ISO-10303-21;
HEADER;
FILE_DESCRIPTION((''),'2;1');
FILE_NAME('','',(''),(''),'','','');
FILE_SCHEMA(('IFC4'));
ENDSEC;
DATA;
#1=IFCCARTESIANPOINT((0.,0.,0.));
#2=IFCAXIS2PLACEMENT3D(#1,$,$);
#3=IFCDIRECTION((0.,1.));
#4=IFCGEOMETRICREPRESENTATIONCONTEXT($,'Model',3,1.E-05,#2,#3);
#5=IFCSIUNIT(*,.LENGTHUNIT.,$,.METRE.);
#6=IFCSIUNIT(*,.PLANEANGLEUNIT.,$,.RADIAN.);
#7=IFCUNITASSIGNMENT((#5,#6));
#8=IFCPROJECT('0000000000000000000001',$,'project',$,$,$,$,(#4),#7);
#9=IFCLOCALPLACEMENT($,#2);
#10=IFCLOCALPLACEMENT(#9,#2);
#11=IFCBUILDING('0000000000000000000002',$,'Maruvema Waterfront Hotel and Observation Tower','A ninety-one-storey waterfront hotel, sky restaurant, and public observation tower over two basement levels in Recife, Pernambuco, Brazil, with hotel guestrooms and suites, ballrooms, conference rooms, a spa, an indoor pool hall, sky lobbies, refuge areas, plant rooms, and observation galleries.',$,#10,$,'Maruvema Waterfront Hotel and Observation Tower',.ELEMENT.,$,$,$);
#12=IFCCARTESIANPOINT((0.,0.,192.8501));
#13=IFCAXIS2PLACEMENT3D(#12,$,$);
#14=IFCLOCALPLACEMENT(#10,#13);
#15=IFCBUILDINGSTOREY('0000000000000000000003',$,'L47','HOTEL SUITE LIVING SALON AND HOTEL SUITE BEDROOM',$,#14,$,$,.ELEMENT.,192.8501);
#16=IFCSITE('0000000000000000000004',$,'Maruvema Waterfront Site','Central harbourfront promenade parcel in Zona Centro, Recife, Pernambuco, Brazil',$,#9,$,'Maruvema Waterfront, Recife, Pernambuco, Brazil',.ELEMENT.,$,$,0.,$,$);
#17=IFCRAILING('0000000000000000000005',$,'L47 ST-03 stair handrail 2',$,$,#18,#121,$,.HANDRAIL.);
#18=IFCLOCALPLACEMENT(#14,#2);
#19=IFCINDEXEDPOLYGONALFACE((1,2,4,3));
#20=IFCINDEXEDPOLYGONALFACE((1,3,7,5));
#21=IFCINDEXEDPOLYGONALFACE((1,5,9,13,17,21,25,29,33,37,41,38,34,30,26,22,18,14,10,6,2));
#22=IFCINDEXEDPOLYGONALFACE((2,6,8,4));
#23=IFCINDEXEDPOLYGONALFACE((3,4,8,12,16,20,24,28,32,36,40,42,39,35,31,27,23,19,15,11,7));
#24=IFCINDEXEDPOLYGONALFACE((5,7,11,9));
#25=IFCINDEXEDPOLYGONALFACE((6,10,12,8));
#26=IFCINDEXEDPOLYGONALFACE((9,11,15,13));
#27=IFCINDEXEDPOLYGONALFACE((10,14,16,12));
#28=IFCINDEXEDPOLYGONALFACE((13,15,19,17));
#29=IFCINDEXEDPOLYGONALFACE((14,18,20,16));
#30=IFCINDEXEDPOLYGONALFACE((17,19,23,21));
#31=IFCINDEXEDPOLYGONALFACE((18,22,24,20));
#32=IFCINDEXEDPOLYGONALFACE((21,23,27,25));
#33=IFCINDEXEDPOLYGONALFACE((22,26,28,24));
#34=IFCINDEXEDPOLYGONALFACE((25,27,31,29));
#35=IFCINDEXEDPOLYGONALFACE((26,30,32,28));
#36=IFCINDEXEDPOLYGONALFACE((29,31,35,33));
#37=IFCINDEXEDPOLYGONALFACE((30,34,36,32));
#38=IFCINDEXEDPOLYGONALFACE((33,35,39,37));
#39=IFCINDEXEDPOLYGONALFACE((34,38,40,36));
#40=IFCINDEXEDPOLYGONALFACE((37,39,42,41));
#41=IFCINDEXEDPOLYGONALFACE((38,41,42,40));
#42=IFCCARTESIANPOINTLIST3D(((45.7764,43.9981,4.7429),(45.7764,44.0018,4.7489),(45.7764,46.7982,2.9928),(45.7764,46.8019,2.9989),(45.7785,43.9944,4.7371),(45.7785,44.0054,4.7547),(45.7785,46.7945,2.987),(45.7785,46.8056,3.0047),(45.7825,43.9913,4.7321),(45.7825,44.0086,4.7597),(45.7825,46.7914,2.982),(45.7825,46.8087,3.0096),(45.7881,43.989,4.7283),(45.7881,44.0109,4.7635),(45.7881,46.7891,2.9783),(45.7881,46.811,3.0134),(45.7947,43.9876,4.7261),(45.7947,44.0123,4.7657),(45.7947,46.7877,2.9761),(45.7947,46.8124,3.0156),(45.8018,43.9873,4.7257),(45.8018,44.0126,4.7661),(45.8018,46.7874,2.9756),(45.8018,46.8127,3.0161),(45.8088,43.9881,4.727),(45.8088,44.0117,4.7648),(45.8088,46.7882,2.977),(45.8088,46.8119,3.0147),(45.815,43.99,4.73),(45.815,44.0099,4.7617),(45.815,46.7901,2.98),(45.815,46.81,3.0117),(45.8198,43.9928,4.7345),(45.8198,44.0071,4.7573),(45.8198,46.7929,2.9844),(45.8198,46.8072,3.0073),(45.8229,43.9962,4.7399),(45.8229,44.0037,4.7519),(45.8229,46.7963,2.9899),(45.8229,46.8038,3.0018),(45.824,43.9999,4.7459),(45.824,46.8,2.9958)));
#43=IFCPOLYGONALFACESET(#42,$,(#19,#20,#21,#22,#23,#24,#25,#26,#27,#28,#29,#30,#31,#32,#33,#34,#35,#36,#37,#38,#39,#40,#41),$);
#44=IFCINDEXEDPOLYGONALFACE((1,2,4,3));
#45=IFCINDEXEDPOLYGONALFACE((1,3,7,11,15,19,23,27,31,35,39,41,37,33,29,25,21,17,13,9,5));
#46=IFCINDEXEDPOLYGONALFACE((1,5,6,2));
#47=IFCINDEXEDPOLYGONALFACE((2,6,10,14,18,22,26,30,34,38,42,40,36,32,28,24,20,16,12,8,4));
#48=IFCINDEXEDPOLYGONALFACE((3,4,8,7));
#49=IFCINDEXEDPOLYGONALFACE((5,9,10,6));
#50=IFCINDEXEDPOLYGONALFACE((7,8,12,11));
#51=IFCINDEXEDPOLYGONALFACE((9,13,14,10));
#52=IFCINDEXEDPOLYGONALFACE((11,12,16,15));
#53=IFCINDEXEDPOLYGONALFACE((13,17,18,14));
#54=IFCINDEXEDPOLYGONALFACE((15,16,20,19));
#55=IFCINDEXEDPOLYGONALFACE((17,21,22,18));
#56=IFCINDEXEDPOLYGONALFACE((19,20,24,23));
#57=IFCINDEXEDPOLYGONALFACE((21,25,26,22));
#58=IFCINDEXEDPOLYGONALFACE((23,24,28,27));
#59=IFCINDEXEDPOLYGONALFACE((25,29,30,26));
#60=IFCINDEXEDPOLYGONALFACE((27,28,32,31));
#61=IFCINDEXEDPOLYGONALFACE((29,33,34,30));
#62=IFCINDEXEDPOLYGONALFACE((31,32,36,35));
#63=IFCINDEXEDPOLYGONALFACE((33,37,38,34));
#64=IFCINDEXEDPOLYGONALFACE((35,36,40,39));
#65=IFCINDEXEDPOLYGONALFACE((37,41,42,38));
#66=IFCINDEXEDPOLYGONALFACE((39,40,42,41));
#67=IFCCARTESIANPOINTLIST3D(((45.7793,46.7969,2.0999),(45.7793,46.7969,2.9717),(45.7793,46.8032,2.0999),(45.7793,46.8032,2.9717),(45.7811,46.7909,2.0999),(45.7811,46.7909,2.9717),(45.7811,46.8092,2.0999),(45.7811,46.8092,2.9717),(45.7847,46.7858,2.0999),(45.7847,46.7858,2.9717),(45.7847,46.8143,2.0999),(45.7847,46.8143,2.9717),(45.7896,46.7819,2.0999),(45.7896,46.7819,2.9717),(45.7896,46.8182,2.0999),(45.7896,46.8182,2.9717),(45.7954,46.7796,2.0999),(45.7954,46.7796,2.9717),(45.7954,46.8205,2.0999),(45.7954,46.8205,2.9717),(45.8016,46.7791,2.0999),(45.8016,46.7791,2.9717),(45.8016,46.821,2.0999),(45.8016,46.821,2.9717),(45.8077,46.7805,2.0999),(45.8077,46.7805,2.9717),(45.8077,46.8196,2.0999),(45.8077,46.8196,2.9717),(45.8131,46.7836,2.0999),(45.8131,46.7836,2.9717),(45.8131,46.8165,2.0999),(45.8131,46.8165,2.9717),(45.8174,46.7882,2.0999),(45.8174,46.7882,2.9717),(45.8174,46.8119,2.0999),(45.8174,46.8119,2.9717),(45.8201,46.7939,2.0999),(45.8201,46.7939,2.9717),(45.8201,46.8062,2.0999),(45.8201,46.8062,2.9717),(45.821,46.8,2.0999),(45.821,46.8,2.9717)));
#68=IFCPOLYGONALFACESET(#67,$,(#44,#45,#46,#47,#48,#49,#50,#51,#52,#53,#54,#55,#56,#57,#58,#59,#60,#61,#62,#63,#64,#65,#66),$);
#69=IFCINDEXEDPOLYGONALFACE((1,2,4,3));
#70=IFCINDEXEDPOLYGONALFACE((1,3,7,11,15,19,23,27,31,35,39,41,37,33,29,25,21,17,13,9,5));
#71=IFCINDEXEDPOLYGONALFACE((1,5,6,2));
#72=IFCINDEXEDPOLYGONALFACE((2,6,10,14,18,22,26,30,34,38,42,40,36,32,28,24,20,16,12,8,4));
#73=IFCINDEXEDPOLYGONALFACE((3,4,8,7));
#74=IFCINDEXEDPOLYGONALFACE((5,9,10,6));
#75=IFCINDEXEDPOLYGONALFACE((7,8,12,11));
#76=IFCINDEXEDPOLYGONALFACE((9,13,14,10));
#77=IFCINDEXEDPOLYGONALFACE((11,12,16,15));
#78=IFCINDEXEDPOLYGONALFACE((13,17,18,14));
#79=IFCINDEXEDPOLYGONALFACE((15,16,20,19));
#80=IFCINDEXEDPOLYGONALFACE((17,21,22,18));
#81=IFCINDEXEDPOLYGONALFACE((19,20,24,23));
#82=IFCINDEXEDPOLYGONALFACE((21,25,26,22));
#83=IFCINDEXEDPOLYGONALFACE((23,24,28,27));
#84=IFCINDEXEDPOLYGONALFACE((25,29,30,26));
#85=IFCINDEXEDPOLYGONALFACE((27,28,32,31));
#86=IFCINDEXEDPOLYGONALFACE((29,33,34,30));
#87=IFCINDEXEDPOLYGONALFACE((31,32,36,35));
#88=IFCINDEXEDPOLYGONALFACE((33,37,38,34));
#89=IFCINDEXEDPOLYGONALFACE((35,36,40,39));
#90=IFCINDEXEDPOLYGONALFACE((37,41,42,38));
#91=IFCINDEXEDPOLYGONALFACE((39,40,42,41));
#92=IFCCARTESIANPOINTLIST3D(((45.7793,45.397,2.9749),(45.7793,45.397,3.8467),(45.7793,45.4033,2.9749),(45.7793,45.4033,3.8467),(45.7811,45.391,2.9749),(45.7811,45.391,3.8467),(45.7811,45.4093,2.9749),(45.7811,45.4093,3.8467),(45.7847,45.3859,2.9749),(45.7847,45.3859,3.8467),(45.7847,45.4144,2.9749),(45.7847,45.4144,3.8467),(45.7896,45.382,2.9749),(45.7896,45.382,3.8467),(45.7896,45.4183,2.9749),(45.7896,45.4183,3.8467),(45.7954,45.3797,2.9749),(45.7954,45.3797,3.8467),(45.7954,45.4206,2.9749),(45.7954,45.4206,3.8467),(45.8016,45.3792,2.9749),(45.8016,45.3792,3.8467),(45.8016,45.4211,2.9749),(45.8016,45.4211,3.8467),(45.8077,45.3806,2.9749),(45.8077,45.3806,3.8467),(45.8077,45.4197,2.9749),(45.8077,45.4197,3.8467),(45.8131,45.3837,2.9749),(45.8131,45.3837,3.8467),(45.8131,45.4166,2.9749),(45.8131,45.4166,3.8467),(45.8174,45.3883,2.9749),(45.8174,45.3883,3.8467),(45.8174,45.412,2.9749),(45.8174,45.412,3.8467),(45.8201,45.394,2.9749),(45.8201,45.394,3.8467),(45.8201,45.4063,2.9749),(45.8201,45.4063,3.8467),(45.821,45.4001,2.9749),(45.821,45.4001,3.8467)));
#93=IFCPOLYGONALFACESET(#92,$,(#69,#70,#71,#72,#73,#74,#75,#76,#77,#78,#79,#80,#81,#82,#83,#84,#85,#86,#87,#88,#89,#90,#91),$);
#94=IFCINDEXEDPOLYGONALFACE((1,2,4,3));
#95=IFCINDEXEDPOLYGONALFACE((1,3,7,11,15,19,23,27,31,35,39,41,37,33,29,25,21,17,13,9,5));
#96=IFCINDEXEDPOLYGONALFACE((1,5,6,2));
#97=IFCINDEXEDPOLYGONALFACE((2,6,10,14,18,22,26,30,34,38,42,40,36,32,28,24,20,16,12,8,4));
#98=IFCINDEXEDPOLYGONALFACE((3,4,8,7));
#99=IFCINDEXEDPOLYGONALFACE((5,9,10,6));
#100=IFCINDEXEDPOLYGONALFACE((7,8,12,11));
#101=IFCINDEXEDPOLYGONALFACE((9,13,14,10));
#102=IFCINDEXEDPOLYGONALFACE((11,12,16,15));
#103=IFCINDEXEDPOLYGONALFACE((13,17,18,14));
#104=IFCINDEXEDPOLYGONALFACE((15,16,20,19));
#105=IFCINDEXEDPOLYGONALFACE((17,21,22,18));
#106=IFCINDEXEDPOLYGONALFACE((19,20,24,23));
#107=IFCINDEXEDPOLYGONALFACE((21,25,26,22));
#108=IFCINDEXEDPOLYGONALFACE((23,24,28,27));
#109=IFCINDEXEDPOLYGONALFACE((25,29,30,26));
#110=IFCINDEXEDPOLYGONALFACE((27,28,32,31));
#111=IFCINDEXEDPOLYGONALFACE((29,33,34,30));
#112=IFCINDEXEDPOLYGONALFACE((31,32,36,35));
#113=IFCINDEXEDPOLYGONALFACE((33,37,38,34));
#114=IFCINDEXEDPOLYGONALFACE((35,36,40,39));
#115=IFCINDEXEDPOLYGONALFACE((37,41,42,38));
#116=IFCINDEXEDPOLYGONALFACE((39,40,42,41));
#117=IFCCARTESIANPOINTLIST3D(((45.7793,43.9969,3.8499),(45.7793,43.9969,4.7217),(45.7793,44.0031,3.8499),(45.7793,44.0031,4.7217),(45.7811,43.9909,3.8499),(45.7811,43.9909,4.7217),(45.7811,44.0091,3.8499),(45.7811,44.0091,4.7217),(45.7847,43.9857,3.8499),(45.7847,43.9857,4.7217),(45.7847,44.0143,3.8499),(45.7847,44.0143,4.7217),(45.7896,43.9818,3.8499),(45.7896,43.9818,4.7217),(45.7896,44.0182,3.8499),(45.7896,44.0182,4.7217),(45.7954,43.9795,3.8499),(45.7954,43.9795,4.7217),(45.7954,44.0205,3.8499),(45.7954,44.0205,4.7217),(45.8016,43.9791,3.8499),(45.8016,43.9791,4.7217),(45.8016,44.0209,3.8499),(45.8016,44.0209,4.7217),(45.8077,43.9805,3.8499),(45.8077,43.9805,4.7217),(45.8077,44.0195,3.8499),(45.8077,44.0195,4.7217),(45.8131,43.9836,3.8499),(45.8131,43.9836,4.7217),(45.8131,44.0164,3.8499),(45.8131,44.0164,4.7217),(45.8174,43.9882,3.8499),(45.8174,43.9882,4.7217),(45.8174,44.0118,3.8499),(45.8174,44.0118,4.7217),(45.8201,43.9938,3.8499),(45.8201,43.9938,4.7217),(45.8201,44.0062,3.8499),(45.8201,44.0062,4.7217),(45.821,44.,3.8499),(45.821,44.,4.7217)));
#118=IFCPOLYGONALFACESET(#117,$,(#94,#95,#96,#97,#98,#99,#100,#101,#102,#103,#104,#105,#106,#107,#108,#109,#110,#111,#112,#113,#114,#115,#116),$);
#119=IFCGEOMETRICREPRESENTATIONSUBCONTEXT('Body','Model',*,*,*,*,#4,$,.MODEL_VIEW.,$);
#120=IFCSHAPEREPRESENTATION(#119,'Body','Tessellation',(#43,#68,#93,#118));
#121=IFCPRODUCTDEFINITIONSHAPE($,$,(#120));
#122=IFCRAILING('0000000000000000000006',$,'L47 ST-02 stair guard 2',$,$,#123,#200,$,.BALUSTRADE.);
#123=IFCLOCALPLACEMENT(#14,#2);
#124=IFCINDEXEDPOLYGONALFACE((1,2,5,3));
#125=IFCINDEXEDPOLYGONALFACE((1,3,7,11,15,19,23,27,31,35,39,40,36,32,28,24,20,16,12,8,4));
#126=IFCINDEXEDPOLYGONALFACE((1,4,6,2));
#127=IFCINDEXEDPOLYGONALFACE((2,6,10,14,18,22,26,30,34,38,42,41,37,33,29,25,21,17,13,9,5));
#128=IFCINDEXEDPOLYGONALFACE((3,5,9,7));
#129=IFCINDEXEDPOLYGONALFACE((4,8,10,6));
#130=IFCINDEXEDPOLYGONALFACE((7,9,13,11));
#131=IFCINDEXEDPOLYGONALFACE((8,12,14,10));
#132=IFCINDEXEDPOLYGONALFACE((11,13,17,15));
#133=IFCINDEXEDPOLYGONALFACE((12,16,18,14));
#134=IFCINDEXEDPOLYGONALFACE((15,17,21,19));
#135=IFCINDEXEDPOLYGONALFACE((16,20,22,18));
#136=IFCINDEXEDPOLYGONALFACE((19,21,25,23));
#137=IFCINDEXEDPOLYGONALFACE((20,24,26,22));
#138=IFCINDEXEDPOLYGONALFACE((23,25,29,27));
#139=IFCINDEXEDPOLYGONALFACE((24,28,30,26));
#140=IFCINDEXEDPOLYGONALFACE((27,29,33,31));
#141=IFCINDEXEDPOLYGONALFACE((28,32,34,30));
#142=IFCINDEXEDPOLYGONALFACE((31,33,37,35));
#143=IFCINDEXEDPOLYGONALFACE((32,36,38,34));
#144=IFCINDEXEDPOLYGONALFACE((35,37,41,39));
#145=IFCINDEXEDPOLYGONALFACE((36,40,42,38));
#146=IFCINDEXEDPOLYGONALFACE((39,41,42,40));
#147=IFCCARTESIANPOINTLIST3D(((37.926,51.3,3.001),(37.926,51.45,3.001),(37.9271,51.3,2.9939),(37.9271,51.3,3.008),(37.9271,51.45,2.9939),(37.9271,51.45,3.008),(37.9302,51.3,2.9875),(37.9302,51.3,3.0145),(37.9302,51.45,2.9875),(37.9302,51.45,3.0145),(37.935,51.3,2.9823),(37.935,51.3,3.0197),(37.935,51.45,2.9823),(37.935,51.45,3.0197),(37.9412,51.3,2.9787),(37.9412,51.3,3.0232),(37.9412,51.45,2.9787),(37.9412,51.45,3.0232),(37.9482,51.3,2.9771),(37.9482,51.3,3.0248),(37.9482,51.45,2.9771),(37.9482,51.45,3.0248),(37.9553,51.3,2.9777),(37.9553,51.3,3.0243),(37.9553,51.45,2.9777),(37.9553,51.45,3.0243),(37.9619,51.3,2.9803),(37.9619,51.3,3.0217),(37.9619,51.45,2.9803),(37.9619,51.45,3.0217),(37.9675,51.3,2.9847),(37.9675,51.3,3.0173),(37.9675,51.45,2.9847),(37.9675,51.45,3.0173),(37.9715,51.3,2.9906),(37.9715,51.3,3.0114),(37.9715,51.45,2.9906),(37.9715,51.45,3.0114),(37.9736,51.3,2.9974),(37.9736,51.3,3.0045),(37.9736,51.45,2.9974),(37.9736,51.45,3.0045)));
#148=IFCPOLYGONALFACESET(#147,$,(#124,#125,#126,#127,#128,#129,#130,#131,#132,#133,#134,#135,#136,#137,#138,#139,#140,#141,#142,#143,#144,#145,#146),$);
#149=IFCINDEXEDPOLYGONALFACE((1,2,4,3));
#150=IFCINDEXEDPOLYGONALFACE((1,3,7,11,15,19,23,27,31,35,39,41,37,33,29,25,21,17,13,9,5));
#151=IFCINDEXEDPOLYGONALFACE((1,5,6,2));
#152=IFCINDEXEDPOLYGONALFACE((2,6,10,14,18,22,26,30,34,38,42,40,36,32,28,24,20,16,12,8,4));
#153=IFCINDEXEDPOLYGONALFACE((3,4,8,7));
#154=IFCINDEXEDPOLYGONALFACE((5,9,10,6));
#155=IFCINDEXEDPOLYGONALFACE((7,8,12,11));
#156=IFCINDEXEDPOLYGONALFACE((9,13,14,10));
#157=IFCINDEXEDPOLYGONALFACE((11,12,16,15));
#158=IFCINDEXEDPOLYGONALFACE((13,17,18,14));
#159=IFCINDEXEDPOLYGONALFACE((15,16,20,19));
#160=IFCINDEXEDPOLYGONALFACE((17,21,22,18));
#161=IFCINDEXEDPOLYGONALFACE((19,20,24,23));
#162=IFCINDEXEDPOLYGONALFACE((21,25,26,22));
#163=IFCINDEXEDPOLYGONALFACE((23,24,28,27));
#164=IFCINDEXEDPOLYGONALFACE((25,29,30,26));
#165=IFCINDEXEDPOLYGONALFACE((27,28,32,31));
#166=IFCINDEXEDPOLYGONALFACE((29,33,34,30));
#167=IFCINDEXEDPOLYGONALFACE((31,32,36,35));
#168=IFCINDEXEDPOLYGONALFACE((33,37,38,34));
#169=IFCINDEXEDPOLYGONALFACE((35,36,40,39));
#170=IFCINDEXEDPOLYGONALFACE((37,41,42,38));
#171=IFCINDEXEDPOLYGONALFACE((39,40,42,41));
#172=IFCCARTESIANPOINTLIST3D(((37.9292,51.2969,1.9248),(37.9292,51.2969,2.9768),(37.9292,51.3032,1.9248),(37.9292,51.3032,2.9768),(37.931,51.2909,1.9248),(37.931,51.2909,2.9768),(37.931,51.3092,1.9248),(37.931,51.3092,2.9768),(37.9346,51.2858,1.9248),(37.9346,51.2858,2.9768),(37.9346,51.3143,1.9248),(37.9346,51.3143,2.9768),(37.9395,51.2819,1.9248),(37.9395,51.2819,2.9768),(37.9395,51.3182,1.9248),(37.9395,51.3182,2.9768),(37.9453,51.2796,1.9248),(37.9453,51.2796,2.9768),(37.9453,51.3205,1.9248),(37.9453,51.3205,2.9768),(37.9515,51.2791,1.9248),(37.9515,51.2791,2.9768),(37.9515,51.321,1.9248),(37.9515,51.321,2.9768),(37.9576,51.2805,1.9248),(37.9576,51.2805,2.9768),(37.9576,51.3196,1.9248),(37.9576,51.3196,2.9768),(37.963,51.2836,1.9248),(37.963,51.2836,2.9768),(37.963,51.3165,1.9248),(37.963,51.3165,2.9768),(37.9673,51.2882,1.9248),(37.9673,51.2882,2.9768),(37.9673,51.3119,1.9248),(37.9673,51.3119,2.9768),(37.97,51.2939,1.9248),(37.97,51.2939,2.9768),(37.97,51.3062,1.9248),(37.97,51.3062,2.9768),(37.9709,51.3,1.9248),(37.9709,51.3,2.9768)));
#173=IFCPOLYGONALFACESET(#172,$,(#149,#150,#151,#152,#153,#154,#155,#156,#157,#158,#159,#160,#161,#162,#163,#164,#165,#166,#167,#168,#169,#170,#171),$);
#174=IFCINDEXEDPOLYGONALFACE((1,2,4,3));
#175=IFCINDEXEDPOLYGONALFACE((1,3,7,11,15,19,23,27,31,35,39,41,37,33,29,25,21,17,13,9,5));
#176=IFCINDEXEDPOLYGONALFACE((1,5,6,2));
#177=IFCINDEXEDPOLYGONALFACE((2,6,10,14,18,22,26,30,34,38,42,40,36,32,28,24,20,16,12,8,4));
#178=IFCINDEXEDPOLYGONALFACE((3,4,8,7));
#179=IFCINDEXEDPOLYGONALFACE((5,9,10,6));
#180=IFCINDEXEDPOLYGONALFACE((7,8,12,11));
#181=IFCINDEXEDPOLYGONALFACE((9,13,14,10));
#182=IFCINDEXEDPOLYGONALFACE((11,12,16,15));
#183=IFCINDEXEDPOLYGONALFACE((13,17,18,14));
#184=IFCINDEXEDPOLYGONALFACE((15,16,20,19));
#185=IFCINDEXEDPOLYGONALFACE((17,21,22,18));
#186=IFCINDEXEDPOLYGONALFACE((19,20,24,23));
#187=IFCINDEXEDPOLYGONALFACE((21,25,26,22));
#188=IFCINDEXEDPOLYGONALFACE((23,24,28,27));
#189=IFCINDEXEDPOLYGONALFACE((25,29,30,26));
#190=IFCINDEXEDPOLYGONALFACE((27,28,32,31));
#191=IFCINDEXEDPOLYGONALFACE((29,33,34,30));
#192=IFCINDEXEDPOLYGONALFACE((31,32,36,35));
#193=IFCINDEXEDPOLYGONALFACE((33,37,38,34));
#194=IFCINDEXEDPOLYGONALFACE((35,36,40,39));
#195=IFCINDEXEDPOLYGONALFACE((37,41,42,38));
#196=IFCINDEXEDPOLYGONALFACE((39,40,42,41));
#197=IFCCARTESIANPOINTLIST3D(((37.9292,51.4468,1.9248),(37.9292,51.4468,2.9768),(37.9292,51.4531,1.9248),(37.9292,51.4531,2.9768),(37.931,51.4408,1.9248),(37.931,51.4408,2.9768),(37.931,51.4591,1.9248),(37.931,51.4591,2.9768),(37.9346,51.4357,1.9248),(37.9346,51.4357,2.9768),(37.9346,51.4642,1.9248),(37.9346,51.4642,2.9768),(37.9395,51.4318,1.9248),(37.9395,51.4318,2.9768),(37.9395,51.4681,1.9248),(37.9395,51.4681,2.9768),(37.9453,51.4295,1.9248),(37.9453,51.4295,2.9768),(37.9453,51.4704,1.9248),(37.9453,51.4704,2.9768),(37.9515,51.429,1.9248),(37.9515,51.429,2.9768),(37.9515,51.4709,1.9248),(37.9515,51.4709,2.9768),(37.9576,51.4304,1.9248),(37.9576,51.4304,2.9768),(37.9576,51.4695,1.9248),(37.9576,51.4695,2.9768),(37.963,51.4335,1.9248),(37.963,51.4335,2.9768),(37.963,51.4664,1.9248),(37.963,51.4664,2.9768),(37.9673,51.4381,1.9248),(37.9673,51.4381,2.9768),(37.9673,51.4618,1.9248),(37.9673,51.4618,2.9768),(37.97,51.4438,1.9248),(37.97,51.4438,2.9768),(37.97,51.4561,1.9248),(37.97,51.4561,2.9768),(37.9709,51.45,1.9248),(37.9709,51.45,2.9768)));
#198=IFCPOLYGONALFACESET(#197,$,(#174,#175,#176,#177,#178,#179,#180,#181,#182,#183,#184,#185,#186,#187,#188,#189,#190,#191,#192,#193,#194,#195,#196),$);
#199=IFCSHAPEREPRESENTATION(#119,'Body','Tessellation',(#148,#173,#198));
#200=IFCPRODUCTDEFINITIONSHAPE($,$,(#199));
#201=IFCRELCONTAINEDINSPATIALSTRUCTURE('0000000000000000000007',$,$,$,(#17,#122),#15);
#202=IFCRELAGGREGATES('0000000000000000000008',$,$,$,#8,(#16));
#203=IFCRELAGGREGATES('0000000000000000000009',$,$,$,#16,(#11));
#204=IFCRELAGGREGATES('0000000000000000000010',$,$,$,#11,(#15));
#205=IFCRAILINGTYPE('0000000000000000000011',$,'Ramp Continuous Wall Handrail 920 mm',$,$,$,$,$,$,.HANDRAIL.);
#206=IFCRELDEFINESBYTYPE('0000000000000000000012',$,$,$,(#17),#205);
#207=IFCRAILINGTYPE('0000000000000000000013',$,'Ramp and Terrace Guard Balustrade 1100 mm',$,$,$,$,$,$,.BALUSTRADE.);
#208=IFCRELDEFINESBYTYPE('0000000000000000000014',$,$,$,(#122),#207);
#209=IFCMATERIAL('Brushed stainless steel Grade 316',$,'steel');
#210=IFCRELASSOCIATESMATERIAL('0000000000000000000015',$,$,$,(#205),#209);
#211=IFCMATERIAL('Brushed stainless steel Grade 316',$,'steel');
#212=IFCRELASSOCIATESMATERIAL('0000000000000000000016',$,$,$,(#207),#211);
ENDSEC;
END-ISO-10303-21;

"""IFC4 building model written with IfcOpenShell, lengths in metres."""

from ifc_helpers import new_model, si_unit, direction, frame, origin, origin_2d, place, context, subcontext, project, spatial, circle, extrude, material, type_object, element, save


model = new_model("IFC4")

# Units and contexts
model_context = context("Model", 3, precision=1e-05, world=origin(), true_north=direction((0.0, 1.0)))
body_context = subcontext(model_context, "Body", "Model", "MODEL_VIEW")
ifc_project = project(units=[si_unit("LENGTHUNIT", "METRE"), si_unit("PLANEANGLEUNIT", "RADIAN")], contexts=[model_context])

# Site, building, storey
site_placement = place(None, origin())
site = spatial("IfcSite", under=ifc_project, at=site_placement, Name="Maruvema Waterfront Site", Description="Central harbourfront promenade parcel in Zona Centro, Recife, Pernambuco, Brazil", LongName="Maruvema Waterfront, Recife, Pernambuco, Brazil", CompositionType="ELEMENT", RefElevation=0.0)
building_placement = place(site_placement, origin())
building = spatial("IfcBuilding", under=site, at=building_placement, Name="Maruvema Waterfront Hotel and Observation Tower", Description="A ninety-one-storey waterfront hotel, sky restaurant, and public observation tower over two basement levels in Recife, Pernambuco, Brazil, with hotel guestrooms and suites, ballrooms, conference rooms, a spa, an indoor pool hall, sky lobbies, refuge areas, plant rooms, and observation galleries.", LongName="Maruvema Waterfront Hotel and Observation Tower", CompositionType="ELEMENT")
storey_placement = place(building_placement, frame((0.0, 0.0, 192.8501)))
storey = spatial("IfcBuildingStorey", under=building, at=storey_placement, Name="L47", Description="HOTEL SUITE LIVING SALON AND HOTEL SUITE BEDROOM", CompositionType="ELEMENT", Elevation=192.8501)

# Railings
ifc_material_1 = material(Name="Brushed stainless steel Grade 316", Category="steel")
railing_type_1 = type_object("IfcRailingType", Name="Ramp Continuous Wall Handrail 920 mm", PredefinedType="HANDRAIL", material=ifc_material_1)
railing_1_placement = place(storey_placement, frame((45.8, 46.8, 2.0999)))
element("IfcRailing", 1, at=railing_1_placement, inside=storey, type_object=railing_type_1, Name="L47 ST-03 stair handrail 2", PredefinedType="HANDRAIL", context=body_context, shape_type="SweptSolid", body=[
    extrude(circle(Radius=0.0239, at=origin_2d()), frame((0.0, 0.0, 0.896), z_axis=(0.0, -0.848002, 0.529992), x_axis=(1.0, 0.0, 0.0)), (0.0, 0.0, 1.0), 3.302),
    extrude(circle(Radius=0.021, at=origin_2d()), origin(), (0.0, 0.0, 1.0), 0.8718),
    extrude(circle(Radius=0.021, at=origin_2d()), frame((0.0, -1.3999, 0.875)), (0.0, 0.0, 1.0), 0.8718),
    extrude(circle(Radius=0.021, at=origin_2d()), frame((0.0, -2.8, 1.75)), (0.0, 0.0, 1.0), 0.8718),
])
ifc_material_2 = material(Name="Brushed stainless steel Grade 316", Category="steel")
railing_type_2 = type_object("IfcRailingType", Name="Ramp and Terrace Guard Balustrade 1100 mm", PredefinedType="BALUSTRADE", material=ifc_material_2)
railing_2_placement = place(storey_placement, frame((37.95, 51.3, 1.9248)))
element("IfcRailing", 2, at=railing_2_placement, inside=storey, type_object=railing_type_2, Name="L47 ST-02 stair guard 2", PredefinedType="BALUSTRADE", context=body_context, shape_type="SweptSolid", body=[
    extrude(circle(Radius=0.0239, at=origin_2d()), frame((0.0, 0.0, 1.0762), z_axis=(0.0, 1.0, 0.0), x_axis=(-1.0, 0.0, 0.0)), (0.0, 0.0, 1.0), 0.1499),
    extrude(circle(Radius=0.021, at=origin_2d()), origin(), (0.0, 0.0, 1.0), 1.052),
    extrude(circle(Radius=0.021, at=origin_2d()), frame((0.0, 0.1499, 0.0)), (0.0, 0.0, 1.0), 1.052),
])

save(model, "model.ifc")
